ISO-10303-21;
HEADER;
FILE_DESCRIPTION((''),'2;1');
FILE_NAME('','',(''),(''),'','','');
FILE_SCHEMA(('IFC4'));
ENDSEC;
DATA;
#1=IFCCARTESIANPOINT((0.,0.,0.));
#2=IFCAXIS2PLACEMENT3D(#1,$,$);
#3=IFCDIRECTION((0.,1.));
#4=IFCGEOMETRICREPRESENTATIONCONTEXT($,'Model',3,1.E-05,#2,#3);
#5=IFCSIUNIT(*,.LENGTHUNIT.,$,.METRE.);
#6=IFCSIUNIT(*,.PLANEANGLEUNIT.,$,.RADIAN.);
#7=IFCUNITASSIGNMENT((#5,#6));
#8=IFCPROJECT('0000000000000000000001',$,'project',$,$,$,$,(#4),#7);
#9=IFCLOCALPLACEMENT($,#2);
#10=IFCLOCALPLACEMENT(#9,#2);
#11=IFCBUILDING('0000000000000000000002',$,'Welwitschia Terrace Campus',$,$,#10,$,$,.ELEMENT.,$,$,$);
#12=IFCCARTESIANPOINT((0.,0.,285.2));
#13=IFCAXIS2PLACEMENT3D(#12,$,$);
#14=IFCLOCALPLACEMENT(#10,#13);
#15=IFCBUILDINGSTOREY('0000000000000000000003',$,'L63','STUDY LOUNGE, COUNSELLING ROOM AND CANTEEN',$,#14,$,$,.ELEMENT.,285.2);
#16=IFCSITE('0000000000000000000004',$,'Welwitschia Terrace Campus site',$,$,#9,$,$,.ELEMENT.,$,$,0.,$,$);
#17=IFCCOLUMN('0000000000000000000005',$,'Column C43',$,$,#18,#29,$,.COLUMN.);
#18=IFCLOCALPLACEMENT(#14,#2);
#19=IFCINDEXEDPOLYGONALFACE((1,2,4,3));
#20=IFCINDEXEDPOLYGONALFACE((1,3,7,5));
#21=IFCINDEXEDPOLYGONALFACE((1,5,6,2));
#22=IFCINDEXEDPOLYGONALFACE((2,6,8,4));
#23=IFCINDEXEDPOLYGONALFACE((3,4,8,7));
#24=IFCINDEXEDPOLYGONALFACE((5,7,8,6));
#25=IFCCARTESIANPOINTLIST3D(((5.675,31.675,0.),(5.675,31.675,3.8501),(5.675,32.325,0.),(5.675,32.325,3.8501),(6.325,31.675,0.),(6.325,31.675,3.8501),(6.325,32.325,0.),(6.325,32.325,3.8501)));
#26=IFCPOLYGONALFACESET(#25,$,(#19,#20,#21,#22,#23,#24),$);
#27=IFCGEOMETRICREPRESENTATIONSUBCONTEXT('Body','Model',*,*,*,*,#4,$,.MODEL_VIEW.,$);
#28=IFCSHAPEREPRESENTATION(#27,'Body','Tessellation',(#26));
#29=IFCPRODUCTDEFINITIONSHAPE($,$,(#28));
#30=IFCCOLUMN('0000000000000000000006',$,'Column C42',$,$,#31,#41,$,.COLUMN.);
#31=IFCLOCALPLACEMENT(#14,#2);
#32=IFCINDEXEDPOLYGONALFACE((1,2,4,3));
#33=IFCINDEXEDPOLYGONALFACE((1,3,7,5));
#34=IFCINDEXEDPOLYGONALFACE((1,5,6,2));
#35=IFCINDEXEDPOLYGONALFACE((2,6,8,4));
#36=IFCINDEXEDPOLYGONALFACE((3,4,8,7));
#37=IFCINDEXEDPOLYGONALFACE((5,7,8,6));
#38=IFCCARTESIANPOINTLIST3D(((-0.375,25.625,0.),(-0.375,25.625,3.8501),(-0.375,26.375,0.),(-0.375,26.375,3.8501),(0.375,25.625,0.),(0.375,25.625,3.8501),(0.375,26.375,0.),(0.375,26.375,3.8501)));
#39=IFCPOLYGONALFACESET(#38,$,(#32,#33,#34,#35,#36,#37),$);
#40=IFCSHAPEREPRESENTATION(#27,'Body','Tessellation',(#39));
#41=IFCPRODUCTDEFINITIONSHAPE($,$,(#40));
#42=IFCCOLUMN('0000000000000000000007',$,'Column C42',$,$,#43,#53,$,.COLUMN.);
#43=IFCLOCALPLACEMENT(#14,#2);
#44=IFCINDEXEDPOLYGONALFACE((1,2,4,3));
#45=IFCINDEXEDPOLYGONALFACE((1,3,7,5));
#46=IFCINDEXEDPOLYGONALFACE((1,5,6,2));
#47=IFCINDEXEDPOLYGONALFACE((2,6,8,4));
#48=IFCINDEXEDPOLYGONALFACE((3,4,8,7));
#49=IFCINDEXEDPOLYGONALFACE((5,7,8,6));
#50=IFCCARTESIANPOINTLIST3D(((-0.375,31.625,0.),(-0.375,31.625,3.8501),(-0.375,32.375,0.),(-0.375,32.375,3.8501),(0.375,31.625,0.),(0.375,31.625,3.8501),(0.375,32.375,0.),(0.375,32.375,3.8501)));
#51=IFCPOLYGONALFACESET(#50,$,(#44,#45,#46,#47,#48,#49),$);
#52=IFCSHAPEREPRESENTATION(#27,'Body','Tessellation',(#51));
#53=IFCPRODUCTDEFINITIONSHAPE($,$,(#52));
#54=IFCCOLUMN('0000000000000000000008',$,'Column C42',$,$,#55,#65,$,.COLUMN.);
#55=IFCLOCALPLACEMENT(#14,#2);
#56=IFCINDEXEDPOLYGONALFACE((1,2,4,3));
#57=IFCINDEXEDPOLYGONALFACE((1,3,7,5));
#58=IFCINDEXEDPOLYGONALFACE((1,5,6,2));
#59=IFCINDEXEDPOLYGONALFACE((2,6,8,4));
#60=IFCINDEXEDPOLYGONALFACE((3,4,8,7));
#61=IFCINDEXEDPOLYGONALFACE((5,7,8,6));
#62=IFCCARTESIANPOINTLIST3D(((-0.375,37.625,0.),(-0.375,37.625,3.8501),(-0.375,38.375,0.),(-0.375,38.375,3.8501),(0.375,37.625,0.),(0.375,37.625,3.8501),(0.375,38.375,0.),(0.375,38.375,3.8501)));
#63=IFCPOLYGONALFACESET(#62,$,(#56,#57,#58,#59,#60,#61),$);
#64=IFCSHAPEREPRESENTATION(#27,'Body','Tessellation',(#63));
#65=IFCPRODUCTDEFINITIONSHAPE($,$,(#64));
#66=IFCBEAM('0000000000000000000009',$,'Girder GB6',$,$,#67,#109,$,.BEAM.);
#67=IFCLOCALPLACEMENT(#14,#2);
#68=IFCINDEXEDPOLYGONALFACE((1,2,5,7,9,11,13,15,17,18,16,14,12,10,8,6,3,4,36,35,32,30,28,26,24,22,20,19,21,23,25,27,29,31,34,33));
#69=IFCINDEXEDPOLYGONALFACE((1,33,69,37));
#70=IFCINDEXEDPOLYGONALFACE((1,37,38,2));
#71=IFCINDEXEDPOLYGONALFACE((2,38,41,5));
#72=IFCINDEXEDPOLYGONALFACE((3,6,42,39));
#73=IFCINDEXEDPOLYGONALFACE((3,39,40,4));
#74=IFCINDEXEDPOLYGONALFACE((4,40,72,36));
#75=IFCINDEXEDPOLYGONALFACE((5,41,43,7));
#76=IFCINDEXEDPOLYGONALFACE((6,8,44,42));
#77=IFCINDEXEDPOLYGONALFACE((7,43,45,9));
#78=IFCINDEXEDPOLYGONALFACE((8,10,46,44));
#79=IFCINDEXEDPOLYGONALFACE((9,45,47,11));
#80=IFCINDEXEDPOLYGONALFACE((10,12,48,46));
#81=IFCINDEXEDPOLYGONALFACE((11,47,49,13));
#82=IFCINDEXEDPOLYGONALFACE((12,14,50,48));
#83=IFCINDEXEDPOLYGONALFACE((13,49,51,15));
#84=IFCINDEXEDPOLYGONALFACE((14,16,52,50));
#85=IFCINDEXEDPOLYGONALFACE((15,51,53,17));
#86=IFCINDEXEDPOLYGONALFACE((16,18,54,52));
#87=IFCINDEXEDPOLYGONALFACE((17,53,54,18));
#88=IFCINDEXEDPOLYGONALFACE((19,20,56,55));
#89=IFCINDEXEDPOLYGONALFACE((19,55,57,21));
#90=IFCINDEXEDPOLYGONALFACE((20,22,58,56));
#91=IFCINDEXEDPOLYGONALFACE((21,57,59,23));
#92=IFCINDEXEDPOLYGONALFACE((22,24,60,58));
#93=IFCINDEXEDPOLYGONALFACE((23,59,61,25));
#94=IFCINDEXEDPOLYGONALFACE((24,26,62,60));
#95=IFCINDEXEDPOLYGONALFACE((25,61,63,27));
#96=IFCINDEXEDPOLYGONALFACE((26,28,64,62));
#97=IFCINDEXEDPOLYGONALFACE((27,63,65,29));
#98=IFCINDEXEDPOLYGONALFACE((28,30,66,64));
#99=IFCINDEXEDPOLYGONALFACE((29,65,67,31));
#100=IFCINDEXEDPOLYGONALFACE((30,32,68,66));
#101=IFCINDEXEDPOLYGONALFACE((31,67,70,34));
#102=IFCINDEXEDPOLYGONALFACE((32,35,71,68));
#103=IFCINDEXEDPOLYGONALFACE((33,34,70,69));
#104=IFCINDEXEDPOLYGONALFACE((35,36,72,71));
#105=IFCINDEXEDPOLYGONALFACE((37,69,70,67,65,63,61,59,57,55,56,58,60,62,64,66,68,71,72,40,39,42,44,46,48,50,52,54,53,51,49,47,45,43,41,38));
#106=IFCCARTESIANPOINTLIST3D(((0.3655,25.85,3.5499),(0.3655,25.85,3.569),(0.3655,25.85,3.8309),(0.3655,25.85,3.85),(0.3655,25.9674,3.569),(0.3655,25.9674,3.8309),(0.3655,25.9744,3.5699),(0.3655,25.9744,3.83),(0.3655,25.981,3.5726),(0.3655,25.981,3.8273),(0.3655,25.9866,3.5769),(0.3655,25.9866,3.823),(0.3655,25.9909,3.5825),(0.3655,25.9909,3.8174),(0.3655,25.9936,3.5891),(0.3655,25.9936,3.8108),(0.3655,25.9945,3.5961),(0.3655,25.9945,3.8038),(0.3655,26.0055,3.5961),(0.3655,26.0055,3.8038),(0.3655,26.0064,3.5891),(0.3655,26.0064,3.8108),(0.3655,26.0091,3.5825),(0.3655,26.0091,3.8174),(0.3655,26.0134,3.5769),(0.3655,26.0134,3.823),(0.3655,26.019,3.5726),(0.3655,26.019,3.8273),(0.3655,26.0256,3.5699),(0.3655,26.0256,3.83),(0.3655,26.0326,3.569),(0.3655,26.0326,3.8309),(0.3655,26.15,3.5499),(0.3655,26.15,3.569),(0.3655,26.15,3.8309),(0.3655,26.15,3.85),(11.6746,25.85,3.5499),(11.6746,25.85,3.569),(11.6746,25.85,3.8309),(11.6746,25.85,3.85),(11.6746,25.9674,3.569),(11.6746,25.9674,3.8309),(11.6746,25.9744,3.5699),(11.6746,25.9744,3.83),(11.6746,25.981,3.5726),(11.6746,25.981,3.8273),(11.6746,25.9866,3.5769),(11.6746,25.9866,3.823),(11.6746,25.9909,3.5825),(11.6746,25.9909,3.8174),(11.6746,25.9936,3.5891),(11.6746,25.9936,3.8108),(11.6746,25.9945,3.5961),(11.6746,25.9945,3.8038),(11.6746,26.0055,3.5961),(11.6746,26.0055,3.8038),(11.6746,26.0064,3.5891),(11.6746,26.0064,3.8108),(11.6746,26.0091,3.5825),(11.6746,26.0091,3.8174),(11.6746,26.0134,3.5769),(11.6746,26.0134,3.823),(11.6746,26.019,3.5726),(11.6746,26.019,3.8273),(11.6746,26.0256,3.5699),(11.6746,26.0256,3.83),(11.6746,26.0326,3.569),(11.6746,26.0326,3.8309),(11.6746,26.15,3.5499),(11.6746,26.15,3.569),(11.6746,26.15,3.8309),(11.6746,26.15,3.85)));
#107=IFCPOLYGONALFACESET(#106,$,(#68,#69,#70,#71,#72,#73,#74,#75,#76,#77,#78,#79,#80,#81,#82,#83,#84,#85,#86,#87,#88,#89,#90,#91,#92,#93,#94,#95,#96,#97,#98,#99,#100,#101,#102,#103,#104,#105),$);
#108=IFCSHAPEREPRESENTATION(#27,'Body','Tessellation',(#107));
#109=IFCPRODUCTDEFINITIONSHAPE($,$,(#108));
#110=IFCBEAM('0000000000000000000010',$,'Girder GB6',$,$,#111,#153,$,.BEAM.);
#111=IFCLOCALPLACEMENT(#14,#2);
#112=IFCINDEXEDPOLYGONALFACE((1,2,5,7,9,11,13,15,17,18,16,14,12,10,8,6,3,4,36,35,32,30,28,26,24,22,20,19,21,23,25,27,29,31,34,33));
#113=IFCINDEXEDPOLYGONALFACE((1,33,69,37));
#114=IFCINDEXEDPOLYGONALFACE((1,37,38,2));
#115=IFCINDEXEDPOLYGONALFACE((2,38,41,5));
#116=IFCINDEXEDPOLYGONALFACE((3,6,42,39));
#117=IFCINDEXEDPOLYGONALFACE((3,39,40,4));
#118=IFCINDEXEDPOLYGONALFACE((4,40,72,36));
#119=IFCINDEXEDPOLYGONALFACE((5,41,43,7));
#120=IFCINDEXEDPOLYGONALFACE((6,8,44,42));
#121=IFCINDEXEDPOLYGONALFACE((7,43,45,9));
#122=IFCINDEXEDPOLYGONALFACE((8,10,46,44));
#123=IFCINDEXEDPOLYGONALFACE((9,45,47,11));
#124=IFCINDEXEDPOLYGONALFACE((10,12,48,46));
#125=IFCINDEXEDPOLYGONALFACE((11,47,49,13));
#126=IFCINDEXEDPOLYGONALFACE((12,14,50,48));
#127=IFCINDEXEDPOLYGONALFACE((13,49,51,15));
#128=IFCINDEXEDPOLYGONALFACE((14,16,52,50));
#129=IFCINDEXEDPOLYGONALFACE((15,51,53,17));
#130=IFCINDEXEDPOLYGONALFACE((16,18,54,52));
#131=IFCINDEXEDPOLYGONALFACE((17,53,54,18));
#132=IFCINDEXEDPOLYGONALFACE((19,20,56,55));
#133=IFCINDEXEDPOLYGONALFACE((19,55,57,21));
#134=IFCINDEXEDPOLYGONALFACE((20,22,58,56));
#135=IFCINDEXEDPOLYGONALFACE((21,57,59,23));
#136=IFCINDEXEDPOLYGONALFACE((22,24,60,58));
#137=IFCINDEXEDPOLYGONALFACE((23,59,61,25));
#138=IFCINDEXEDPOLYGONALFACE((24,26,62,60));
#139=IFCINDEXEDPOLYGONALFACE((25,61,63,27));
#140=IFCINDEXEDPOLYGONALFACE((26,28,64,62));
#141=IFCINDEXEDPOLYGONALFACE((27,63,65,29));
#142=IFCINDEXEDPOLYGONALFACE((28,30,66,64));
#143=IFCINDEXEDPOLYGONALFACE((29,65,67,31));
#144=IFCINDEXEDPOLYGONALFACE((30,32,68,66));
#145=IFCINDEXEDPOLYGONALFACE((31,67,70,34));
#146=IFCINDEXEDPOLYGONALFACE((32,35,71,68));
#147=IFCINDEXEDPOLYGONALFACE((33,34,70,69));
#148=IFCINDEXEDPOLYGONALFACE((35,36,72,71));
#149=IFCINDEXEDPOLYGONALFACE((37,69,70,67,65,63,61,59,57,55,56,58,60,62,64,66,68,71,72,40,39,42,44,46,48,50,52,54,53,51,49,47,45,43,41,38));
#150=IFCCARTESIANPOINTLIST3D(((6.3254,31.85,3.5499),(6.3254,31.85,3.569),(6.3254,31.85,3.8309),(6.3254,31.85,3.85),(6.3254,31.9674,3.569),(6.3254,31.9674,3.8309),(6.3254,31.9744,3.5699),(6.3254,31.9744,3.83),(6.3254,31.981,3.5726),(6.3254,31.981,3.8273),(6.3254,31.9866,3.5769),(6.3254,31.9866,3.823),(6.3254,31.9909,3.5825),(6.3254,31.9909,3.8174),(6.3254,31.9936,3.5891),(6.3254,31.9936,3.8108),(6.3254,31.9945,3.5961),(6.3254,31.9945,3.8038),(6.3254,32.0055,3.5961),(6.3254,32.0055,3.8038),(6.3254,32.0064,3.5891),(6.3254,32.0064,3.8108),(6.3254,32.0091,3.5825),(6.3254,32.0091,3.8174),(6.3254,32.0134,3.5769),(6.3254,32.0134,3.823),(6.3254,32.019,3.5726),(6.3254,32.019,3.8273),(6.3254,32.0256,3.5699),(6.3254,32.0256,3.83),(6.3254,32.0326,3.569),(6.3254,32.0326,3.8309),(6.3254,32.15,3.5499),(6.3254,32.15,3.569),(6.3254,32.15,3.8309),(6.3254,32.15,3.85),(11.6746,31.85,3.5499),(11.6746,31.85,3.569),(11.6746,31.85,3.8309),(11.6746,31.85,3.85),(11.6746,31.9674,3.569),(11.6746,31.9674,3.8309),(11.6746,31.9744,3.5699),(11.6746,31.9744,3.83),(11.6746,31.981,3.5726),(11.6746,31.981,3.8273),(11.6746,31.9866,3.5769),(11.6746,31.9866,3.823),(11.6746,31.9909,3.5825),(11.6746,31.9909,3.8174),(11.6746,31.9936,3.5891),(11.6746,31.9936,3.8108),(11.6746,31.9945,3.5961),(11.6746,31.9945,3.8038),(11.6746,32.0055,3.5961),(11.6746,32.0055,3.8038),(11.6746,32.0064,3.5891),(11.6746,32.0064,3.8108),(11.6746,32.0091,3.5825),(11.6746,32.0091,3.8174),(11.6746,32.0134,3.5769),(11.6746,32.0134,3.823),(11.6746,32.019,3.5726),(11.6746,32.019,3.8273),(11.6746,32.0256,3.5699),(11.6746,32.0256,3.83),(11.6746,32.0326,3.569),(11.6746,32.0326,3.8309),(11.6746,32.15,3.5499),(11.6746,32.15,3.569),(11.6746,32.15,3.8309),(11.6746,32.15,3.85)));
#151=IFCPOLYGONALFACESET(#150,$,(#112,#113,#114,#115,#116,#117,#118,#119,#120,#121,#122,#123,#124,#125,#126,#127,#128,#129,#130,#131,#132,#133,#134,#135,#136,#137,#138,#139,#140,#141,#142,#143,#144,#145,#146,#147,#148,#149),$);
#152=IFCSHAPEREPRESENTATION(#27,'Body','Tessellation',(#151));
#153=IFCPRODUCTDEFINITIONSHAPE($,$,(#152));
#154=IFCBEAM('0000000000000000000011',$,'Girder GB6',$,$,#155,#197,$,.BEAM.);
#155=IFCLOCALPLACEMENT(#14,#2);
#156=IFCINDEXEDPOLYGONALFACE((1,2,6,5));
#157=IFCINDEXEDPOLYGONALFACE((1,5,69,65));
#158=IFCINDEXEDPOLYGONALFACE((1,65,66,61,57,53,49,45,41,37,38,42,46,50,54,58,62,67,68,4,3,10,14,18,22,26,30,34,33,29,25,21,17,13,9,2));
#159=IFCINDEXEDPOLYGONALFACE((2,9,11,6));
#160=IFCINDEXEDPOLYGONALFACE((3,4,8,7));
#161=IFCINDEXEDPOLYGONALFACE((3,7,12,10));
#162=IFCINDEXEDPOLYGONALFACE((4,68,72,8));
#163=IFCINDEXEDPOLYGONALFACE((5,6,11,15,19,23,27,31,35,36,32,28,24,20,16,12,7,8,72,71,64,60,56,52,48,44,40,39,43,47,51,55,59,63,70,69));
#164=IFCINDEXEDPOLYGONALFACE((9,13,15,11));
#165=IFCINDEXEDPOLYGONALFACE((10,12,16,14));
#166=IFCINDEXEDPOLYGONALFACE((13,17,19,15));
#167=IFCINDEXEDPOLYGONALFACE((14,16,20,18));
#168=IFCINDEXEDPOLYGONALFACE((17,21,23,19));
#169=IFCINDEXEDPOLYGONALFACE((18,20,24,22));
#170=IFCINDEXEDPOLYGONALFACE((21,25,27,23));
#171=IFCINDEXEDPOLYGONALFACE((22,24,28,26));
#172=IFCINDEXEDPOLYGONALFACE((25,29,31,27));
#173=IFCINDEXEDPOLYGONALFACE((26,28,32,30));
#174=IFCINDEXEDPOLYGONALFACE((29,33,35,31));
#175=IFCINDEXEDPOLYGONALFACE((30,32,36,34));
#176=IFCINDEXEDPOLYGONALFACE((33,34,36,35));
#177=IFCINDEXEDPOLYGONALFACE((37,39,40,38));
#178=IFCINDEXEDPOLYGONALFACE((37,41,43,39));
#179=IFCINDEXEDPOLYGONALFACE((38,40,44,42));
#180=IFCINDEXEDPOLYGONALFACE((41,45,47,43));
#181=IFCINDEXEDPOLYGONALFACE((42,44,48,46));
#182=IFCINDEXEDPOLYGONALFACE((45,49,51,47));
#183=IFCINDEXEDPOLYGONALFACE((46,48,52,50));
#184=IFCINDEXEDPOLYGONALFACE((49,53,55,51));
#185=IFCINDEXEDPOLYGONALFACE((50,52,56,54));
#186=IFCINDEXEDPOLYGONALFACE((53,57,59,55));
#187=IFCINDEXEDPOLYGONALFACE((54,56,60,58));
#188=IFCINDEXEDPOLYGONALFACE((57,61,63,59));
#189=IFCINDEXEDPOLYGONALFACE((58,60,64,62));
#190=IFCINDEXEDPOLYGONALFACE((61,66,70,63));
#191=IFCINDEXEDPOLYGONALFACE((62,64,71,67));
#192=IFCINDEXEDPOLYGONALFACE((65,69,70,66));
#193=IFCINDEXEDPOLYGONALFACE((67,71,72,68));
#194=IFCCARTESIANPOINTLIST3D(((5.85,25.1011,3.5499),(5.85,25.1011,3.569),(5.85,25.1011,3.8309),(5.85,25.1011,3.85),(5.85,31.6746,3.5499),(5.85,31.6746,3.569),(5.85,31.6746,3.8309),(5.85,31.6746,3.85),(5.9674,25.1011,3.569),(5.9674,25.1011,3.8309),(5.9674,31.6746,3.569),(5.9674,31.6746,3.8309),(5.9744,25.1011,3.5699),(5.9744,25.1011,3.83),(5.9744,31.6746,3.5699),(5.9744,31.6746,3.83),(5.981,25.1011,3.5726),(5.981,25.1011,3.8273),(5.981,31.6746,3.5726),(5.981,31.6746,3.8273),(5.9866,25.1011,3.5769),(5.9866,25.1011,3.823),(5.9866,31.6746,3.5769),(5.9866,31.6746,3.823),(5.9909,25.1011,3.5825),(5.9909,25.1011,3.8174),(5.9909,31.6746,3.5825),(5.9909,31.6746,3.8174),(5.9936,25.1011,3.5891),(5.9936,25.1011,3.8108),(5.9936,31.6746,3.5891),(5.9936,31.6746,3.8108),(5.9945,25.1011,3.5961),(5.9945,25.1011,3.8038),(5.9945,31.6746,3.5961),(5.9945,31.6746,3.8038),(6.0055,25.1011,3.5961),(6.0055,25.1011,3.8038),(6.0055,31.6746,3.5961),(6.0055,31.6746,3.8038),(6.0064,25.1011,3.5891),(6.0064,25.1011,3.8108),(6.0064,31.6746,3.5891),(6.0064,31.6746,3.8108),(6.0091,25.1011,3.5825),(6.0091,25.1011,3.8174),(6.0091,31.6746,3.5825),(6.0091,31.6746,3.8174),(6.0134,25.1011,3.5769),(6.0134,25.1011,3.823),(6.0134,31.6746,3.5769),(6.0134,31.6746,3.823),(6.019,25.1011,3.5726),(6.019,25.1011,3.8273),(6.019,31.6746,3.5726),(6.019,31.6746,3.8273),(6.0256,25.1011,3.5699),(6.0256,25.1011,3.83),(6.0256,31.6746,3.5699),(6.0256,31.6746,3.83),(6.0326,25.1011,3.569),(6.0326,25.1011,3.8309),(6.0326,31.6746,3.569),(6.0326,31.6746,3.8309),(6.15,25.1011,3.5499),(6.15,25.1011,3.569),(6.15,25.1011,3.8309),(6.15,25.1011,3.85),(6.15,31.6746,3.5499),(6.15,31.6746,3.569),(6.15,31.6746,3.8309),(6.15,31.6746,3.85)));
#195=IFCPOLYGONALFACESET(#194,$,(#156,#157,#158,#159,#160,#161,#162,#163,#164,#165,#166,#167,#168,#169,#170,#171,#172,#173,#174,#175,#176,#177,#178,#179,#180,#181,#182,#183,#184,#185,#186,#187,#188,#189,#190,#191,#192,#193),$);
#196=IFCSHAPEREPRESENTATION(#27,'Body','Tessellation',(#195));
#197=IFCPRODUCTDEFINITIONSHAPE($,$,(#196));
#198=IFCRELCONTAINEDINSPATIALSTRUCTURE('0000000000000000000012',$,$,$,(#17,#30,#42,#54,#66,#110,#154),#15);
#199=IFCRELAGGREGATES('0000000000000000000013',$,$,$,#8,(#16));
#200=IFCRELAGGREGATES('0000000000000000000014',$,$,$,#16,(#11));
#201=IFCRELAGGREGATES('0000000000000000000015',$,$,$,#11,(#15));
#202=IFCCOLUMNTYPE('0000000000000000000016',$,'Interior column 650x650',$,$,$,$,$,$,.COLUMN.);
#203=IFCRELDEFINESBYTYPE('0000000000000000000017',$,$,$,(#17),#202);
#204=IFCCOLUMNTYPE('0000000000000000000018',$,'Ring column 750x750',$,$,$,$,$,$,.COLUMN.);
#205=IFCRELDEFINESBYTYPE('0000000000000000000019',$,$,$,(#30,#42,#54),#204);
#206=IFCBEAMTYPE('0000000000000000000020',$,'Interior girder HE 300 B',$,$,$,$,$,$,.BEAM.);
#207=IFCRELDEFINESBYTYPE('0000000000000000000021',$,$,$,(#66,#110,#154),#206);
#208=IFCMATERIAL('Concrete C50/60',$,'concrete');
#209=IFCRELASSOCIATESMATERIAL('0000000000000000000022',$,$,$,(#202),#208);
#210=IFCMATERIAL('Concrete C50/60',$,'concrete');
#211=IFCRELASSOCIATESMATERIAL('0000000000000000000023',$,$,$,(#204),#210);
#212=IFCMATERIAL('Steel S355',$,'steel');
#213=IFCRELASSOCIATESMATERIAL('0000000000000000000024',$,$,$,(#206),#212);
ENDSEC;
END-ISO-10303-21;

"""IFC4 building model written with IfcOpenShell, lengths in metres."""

from ifc_helpers import new_model, si_unit, direction, frame, origin, origin_2d, place, context, subcontext, project, spatial, rectangle, i_section, extrude, material, material_profile, profile_set, type_object, element, save


model = new_model("IFC4")

# Units and contexts
model_context = context("Model", 3, precision=1e-05, world=origin(), true_north=direction((0.0, 1.0)))
body_context = subcontext(model_context, "Body", "Model", "MODEL_VIEW")
ifc_project = project(units=[si_unit("LENGTHUNIT", "METRE"), si_unit("PLANEANGLEUNIT", "RADIAN")], contexts=[model_context])

# Site, building, storey
site_placement = place(None, origin())
site = spatial("IfcSite", under=ifc_project, at=site_placement, Name="Welwitschia Terrace Campus site", CompositionType="ELEMENT", RefElevation=0.0)
building_placement = place(site_placement, origin())
building = spatial("IfcBuilding", under=site, at=building_placement, Name="Welwitschia Terrace Campus", CompositionType="ELEMENT")
storey_placement = place(building_placement, frame((0.0, 0.0, 285.2)))
storey = spatial("IfcBuildingStorey", under=building, at=storey_placement, Name="L63", Description="STUDY LOUNGE, COUNSELLING ROOM AND CANTEEN", CompositionType="ELEMENT", Elevation=285.2)

# Columns
ifc_material_1 = material(Name="Concrete C50/60", Category="concrete")
ifc_material_profile_1 = material_profile(ifc_material_1, rectangle(XDim=0.6499, YDim=0.6499, at=origin_2d()))
ifc_profile_set_1 = profile_set([ifc_material_profile_1], Name="Concrete C50/60")
column_type_1 = type_object("IfcColumnType", Name="Interior column 650x650", PredefinedType="COLUMN", material=ifc_profile_set_1)
column_placement = place(storey_placement, frame((6.0, 32.0, 0.0), z_axis=(0.0, 0.0, 1.0), x_axis=(1.0, 0.0, 0.0)))
element("IfcColumn", 1, at=column_placement, inside=storey, type_object=column_type_1, Name="Column C43", PredefinedType="COLUMN", context=body_context, shape_type="SweptSolid", body=[
    extrude(rectangle(XDim=0.6499, YDim=0.6499, at=origin_2d()), origin(), (0.0, 0.0, 1.0), 3.8501),
])
ifc_material_2 = material(Name="Concrete C50/60", Category="concrete")
ifc_material_profile_2 = material_profile(ifc_material_2, rectangle(XDim=0.75, YDim=0.75, at=origin_2d()))
ifc_profile_set_2 = profile_set([ifc_material_profile_2], Name="Concrete C50/60")
column_type_2 = type_object("IfcColumnType", Name="Ring column 750x750", PredefinedType="COLUMN", material=ifc_profile_set_2)
for number, where, z_axis, x_axis, name in (
    (2, (0.0, 26.0, 0.0), (0.0, 0.0, 1.0), (1.0, 0.0, 0.0), "Column C42"),
    (3, (0.0, 32.0, 0.0), (0.0, 0.0, 1.0), (1.0, 0.0, 0.0), "Column C42"),
    (4, (0.0, 38.0, 0.0), (0.0, 0.0, 1.0), (1.0, 0.0, 0.0), "Column C42"),
):
    element("IfcColumn", number, at=place(storey_placement, frame(where, z_axis=z_axis, x_axis=x_axis)), inside=storey, type_object=column_type_2, Name=name, PredefinedType="COLUMN", context=body_context, shape_type="SweptSolid", body=[
        extrude(rectangle(XDim=0.75, YDim=0.75, at=origin_2d()), origin(), (0.0, 0.0, 1.0), 3.8501),
    ])

# Beams
ifc_material_3 = material(Name="Steel S355", Category="steel")
ifc_material_profile_3 = material_profile(ifc_material_3, i_section(OverallWidth=0.3, OverallDepth=0.3, WebThickness=0.011, FlangeThickness=0.019, FilletRadius=0.0271, at=origin_2d()))
ifc_profile_set_3 = profile_set([ifc_material_profile_3], Name="Steel S355")
beam_type_1 = type_object("IfcBeamType", Name="Interior girder HE 300 B", PredefinedType="BEAM", material=ifc_profile_set_3)
beam_1_placement = place(storey_placement, frame((0.3655, 26.0, 3.7), z_axis=(1.0, 0.0, 0.0), x_axis=(0.0, 1.0, 0.0)))
element("IfcBeam", 5, at=beam_1_placement, inside=storey, type_object=beam_type_1, Name="Girder GB6", PredefinedType="BEAM", context=body_context, shape_type="SweptSolid", body=[
    extrude(i_section(OverallWidth=0.3, OverallDepth=0.3, WebThickness=0.011, FlangeThickness=0.019, FilletRadius=0.0271, at=origin_2d()), origin(), (0.0, 0.0, 1.0), 11.3091),
])
beam_2_placement = place(storey_placement, frame((6.3254, 32.0, 3.7), z_axis=(1.0, 0.0, 0.0), x_axis=(0.0, 1.0, 0.0)))
element("IfcBeam", 6, at=beam_2_placement, inside=storey, type_object=beam_type_1, Name="Girder GB6", PredefinedType="BEAM", context=body_context, shape_type="SweptSolid", body=[
    extrude(i_section(OverallWidth=0.3, OverallDepth=0.3, WebThickness=0.011, FlangeThickness=0.019, FilletRadius=0.0271, at=origin_2d()), origin(), (0.0, 0.0, 1.0), 5.3491),
])
beam_3_placement = place(storey_placement, frame((6.0, 25.1011, 3.7), z_axis=(0.0, 1.0, 0.0), x_axis=(-1.0, 0.0, 0.0)))
element("IfcBeam", 7, at=beam_3_placement, inside=storey, type_object=beam_type_1, Name="Girder GB6", PredefinedType="BEAM", context=body_context, shape_type="SweptSolid", body=[
    extrude(i_section(OverallWidth=0.3, OverallDepth=0.3, WebThickness=0.011, FlangeThickness=0.019, FilletRadius=0.0271, at=origin_2d()), origin(), (0.0, 0.0, 1.0), 6.5735),
])

save(model, "model.ifc")
